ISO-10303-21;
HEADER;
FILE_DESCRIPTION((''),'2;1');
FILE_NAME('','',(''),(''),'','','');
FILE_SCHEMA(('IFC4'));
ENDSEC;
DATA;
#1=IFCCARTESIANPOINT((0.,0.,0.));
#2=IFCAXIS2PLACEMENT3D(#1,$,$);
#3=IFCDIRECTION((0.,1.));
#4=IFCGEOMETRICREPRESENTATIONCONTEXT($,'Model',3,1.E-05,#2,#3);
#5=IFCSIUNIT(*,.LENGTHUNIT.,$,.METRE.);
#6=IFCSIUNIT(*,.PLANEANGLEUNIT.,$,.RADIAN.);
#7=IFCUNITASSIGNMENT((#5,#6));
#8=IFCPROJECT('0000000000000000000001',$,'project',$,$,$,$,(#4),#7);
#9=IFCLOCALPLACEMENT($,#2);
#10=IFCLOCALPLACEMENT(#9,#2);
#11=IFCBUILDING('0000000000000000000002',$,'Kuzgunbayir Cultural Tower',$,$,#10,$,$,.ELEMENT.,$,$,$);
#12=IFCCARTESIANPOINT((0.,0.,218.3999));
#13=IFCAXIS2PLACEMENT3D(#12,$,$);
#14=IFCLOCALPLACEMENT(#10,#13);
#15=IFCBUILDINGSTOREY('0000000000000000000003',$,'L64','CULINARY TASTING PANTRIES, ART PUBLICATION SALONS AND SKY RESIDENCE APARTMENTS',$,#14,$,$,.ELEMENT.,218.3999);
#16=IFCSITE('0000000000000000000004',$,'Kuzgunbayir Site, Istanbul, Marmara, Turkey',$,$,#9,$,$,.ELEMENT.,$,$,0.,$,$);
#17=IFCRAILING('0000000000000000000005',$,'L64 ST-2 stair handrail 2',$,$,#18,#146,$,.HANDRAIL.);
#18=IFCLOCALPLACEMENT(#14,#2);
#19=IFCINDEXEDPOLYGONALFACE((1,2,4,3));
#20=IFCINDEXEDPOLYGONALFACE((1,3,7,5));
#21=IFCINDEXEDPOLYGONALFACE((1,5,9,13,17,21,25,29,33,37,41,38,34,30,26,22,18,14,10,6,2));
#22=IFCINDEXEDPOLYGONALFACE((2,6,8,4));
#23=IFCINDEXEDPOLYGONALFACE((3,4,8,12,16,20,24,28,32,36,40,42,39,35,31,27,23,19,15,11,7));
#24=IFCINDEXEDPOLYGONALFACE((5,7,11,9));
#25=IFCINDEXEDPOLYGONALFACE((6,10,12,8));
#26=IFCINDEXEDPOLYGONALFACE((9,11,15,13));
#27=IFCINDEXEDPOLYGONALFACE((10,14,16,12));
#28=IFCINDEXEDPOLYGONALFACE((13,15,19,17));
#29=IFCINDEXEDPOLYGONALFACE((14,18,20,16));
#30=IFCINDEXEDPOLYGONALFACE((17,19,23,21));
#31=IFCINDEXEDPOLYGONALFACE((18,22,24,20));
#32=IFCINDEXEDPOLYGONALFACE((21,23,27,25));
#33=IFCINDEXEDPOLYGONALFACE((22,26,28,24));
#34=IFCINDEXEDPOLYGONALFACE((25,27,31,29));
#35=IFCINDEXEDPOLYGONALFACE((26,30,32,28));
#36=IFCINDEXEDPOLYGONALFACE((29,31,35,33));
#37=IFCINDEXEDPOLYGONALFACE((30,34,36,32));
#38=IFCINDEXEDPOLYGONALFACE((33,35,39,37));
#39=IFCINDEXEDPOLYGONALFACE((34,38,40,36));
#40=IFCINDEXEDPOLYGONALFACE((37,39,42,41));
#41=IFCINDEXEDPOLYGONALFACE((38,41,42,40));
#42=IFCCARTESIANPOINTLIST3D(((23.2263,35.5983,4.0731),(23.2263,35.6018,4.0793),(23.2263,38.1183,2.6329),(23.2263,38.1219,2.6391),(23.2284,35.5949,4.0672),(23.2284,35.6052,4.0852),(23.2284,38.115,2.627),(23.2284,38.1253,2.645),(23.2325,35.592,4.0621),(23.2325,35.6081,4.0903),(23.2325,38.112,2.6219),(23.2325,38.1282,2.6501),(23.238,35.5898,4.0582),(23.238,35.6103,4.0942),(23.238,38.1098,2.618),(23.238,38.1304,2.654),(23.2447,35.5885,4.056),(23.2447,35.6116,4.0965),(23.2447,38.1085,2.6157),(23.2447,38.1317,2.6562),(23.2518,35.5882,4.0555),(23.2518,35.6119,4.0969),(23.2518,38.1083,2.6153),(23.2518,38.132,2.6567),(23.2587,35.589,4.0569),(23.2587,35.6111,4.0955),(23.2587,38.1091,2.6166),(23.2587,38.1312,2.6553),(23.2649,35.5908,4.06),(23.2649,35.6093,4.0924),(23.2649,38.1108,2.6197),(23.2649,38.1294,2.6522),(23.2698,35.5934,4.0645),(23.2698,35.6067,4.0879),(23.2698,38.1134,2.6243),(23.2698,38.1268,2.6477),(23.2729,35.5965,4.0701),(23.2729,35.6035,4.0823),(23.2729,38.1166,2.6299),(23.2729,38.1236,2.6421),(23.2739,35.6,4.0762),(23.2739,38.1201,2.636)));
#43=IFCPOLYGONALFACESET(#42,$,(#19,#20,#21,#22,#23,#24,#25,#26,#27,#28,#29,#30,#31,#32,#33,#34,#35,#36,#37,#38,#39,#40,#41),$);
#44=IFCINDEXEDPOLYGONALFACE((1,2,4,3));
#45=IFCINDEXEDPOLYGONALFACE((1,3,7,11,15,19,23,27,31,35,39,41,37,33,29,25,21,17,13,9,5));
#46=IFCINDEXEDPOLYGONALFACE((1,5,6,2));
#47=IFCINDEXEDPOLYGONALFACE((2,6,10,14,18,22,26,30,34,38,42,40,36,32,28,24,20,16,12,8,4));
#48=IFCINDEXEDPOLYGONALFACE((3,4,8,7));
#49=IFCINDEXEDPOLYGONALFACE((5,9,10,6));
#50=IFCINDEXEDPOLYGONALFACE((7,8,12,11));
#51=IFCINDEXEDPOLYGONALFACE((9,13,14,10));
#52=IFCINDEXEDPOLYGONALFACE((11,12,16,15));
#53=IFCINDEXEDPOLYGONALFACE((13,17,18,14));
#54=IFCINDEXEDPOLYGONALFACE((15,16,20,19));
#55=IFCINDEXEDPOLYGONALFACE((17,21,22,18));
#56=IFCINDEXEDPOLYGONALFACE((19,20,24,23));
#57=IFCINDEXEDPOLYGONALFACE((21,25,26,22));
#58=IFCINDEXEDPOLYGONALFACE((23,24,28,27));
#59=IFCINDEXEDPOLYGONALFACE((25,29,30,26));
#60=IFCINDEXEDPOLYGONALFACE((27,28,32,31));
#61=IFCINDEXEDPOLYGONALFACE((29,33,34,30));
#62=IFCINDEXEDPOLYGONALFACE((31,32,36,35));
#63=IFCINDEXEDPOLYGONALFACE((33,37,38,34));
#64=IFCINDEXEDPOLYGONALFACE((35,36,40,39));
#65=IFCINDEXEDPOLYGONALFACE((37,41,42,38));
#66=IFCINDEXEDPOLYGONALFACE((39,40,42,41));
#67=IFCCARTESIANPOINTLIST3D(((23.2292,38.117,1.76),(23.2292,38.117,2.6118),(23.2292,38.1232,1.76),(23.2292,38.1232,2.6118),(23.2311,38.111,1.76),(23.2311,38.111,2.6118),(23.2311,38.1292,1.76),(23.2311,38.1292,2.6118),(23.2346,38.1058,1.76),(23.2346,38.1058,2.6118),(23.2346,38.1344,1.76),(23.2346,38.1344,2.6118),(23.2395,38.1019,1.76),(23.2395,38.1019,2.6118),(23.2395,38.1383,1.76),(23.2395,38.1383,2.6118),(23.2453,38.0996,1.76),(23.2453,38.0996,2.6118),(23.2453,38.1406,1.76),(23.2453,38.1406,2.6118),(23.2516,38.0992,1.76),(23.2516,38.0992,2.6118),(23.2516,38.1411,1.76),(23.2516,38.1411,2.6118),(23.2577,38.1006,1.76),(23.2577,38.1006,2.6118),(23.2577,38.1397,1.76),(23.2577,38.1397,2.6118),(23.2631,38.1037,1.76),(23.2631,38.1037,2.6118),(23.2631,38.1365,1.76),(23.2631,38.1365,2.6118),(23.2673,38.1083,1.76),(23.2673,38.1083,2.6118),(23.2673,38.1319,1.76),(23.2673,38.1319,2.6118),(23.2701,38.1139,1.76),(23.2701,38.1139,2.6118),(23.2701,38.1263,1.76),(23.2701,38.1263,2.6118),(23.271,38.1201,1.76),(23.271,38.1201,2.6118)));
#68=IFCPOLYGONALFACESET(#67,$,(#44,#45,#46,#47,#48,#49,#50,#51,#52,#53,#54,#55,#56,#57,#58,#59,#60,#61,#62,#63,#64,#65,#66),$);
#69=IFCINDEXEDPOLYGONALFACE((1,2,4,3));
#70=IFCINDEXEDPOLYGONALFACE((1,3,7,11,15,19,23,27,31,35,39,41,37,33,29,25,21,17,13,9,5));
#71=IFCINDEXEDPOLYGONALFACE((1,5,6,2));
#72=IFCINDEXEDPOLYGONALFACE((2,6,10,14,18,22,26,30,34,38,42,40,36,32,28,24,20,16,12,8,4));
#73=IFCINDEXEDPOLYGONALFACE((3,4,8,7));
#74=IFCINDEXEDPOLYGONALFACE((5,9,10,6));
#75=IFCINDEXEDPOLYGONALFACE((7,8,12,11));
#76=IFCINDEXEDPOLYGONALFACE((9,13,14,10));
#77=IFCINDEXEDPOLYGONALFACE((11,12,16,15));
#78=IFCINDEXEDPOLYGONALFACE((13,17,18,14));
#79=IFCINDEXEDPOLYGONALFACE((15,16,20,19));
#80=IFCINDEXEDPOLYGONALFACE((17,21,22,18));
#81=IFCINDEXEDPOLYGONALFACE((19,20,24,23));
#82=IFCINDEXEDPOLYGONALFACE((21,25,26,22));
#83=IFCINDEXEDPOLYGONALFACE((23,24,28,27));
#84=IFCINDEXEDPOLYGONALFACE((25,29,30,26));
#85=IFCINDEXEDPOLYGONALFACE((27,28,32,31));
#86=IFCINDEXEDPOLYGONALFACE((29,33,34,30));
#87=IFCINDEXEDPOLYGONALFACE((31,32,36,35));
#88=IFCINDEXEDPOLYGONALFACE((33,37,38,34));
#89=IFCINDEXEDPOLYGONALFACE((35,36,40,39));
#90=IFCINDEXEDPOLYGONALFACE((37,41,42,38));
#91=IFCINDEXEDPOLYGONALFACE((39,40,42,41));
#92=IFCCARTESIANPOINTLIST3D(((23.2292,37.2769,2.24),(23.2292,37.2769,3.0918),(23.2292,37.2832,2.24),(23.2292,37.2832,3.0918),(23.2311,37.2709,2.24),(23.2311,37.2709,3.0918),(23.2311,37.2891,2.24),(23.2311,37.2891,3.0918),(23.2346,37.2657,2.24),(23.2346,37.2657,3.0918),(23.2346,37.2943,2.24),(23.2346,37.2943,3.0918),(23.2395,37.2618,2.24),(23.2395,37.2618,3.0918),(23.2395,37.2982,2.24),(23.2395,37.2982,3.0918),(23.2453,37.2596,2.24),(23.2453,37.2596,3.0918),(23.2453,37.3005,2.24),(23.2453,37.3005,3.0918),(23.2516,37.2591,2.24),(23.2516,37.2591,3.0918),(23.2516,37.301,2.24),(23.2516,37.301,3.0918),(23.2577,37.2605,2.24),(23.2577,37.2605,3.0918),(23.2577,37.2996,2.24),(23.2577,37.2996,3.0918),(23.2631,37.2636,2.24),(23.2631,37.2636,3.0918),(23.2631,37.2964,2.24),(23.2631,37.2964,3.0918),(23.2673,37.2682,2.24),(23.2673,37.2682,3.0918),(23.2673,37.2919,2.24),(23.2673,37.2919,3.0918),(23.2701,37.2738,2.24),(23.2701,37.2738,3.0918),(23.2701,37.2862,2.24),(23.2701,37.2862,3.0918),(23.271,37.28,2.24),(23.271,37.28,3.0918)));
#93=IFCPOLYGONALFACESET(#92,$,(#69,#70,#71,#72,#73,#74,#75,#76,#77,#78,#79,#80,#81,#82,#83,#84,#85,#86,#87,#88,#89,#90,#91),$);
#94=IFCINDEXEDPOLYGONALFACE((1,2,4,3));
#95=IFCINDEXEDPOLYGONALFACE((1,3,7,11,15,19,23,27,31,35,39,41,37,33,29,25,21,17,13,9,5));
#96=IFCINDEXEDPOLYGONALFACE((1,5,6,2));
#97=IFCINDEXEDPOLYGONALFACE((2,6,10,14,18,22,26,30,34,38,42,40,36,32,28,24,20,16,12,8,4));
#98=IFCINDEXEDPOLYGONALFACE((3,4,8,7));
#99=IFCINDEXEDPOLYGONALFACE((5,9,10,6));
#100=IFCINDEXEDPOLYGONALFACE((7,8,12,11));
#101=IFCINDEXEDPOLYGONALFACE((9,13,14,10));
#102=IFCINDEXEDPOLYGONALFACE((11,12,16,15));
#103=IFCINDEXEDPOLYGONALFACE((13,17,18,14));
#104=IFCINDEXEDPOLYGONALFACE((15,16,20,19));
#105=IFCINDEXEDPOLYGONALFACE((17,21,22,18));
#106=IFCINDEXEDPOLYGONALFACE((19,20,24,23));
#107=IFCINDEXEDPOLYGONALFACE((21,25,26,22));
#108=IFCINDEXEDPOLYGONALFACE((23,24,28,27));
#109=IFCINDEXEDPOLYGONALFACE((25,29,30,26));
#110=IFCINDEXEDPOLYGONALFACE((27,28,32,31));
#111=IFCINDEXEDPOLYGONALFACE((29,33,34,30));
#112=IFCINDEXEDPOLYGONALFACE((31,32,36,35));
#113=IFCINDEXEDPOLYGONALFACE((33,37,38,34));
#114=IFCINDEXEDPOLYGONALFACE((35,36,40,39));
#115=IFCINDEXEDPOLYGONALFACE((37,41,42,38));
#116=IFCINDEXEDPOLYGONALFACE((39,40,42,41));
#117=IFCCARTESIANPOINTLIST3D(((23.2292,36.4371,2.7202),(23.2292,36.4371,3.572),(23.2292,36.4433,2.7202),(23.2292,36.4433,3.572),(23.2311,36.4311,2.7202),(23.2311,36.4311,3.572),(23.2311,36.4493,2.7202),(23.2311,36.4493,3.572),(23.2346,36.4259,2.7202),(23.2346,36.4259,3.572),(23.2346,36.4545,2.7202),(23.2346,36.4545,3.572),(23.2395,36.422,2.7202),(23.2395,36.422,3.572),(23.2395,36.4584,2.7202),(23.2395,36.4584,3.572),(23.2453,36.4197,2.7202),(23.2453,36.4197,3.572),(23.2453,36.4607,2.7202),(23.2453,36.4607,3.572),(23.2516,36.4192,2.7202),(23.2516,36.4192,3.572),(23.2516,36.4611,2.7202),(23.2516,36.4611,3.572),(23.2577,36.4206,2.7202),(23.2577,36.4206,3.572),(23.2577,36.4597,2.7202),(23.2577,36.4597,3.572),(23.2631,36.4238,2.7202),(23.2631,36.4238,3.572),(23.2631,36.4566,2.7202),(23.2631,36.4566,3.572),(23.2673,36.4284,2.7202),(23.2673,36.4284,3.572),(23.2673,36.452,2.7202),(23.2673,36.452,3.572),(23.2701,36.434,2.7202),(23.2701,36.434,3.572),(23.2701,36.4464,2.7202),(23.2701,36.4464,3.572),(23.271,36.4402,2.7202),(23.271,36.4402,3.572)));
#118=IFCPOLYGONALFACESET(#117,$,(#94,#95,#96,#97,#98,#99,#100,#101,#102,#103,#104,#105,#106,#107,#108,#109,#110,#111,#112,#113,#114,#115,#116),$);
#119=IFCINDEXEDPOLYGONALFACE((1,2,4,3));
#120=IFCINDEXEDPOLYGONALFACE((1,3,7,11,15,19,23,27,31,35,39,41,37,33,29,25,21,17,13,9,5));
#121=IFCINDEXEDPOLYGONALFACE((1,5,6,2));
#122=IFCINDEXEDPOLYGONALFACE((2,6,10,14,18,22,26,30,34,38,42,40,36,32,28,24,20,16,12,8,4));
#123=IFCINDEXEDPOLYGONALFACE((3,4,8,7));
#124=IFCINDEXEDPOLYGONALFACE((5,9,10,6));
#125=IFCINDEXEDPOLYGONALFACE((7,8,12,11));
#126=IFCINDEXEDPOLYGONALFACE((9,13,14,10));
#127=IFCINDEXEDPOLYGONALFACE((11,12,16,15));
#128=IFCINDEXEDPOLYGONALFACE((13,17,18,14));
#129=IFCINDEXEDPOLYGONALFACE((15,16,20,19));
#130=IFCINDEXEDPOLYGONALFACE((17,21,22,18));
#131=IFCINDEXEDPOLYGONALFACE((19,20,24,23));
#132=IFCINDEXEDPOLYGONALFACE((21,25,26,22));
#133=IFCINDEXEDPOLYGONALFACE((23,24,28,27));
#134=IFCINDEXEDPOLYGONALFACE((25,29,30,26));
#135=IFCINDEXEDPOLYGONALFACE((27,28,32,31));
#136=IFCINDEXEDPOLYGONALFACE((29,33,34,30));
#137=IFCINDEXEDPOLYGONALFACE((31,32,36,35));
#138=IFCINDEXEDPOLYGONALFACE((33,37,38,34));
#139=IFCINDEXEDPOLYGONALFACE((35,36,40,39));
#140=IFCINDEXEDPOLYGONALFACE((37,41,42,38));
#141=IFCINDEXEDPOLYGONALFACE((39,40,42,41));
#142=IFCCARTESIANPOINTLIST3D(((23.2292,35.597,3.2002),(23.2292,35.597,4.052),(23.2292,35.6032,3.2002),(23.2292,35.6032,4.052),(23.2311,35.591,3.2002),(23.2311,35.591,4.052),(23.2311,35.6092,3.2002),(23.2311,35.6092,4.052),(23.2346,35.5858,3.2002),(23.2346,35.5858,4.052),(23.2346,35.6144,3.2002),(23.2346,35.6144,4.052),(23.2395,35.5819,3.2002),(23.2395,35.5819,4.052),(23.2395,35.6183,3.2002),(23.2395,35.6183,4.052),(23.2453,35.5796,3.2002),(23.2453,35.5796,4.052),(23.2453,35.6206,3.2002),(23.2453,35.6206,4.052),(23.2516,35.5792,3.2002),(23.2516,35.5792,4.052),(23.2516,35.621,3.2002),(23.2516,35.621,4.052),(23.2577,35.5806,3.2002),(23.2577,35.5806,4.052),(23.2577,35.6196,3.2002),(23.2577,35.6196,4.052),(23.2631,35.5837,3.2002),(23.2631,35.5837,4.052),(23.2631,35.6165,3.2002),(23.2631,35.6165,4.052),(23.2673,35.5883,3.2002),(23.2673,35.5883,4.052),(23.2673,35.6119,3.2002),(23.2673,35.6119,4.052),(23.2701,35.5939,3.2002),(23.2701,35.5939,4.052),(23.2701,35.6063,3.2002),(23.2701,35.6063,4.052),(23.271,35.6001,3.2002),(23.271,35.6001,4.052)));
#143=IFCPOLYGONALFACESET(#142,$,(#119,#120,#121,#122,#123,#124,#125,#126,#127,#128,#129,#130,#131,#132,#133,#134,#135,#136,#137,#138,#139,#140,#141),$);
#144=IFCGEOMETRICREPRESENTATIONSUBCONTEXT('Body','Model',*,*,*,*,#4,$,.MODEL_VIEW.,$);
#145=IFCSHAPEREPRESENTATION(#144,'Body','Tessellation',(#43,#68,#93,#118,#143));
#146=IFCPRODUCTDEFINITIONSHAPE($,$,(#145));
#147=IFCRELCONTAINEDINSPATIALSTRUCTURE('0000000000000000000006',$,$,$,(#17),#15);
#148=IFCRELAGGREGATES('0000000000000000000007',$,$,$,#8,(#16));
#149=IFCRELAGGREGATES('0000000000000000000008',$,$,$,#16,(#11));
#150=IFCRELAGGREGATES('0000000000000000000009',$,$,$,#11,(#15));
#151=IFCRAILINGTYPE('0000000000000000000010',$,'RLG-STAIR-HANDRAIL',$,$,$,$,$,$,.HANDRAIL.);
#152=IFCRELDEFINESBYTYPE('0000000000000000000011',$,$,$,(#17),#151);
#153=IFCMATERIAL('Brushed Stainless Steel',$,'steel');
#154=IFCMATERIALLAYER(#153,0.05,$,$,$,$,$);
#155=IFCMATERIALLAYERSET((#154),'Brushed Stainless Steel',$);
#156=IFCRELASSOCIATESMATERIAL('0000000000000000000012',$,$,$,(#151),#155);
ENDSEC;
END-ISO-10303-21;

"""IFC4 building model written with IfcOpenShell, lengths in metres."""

from ifc_helpers import new_model, si_unit, direction, frame, origin, origin_2d, place, context, subcontext, project, spatial, circle, extrude, material, layer, layer_set, type_object, element, save


model = new_model("IFC4")

# Units and contexts
model_context = context("Model", 3, precision=1e-05, world=origin(), true_north=direction((0.0, 1.0)))
body_context = subcontext(model_context, "Body", "Model", "MODEL_VIEW")
ifc_project = project(units=[si_unit("LENGTHUNIT", "METRE"), si_unit("PLANEANGLEUNIT", "RADIAN")], contexts=[model_context])

# Site, building, storey
site_placement = place(None, origin())
site = spatial("IfcSite", under=ifc_project, at=site_placement, Name="Kuzgunbayir Site, Istanbul, Marmara, Turkey", CompositionType="ELEMENT", RefElevation=0.0)
building_placement = place(site_placement, origin())
building = spatial("IfcBuilding", under=site, at=building_placement, Name="Kuzgunbayir Cultural Tower", CompositionType="ELEMENT")
storey_placement = place(building_placement, frame((0.0, 0.0, 218.3999)))
storey = spatial("IfcBuildingStorey", under=building, at=storey_placement, Name="L64", Description="CULINARY TASTING PANTRIES, ART PUBLICATION SALONS AND SKY RESIDENCE APARTMENTS", CompositionType="ELEMENT", Elevation=218.3999)

# Shared definitions
ifc_material_1 = material(Name="Brushed Stainless Steel", Category="steel")

# Railing
ifc_layer_1 = layer(ifc_material_1, 0.05)
ifc_layer_set_1 = layer_set([ifc_layer_1], Name="Brushed Stainless Steel")
railing_type_1 = type_object("IfcRailingType", Name="RLG-STAIR-HANDRAIL", PredefinedType="HANDRAIL", material=ifc_layer_set_1)
railing_1_placement = place(storey_placement, frame((23.25, 38.1201, 1.76)))
element("IfcRailing", 1, at=railing_1_placement, inside=storey, type_object=railing_type_1, Name="L64 ST-2 stair handrail 2", PredefinedType="HANDRAIL", context=body_context, shape_type="SweptSolid", body=[
    extrude(circle(Radius=0.0239, at=origin_2d()), frame((0.0, 0.0, 0.876), z_axis=(0.0, -0.868217, 0.496184), x_axis=(1.0, 0.0, 0.0)), (0.0, 0.0, 1.0), 2.9026),
    extrude(circle(Radius=0.021, at=origin_2d()), origin(), (0.0, 0.0, 1.0), 0.8518),
    extrude(circle(Radius=0.021, at=origin_2d()), frame((0.0, -0.8401, 0.48)), (0.0, 0.0, 1.0), 0.8518),
    extrude(circle(Radius=0.021, at=origin_2d()), frame((0.0, -1.6799, 0.9602)), (0.0, 0.0, 1.0), 0.8518),
    extrude(circle(Radius=0.021, at=origin_2d()), frame((0.0, -2.52, 1.4402)), (0.0, 0.0, 1.0), 0.8518),
])

save(model, "model.ifc")
